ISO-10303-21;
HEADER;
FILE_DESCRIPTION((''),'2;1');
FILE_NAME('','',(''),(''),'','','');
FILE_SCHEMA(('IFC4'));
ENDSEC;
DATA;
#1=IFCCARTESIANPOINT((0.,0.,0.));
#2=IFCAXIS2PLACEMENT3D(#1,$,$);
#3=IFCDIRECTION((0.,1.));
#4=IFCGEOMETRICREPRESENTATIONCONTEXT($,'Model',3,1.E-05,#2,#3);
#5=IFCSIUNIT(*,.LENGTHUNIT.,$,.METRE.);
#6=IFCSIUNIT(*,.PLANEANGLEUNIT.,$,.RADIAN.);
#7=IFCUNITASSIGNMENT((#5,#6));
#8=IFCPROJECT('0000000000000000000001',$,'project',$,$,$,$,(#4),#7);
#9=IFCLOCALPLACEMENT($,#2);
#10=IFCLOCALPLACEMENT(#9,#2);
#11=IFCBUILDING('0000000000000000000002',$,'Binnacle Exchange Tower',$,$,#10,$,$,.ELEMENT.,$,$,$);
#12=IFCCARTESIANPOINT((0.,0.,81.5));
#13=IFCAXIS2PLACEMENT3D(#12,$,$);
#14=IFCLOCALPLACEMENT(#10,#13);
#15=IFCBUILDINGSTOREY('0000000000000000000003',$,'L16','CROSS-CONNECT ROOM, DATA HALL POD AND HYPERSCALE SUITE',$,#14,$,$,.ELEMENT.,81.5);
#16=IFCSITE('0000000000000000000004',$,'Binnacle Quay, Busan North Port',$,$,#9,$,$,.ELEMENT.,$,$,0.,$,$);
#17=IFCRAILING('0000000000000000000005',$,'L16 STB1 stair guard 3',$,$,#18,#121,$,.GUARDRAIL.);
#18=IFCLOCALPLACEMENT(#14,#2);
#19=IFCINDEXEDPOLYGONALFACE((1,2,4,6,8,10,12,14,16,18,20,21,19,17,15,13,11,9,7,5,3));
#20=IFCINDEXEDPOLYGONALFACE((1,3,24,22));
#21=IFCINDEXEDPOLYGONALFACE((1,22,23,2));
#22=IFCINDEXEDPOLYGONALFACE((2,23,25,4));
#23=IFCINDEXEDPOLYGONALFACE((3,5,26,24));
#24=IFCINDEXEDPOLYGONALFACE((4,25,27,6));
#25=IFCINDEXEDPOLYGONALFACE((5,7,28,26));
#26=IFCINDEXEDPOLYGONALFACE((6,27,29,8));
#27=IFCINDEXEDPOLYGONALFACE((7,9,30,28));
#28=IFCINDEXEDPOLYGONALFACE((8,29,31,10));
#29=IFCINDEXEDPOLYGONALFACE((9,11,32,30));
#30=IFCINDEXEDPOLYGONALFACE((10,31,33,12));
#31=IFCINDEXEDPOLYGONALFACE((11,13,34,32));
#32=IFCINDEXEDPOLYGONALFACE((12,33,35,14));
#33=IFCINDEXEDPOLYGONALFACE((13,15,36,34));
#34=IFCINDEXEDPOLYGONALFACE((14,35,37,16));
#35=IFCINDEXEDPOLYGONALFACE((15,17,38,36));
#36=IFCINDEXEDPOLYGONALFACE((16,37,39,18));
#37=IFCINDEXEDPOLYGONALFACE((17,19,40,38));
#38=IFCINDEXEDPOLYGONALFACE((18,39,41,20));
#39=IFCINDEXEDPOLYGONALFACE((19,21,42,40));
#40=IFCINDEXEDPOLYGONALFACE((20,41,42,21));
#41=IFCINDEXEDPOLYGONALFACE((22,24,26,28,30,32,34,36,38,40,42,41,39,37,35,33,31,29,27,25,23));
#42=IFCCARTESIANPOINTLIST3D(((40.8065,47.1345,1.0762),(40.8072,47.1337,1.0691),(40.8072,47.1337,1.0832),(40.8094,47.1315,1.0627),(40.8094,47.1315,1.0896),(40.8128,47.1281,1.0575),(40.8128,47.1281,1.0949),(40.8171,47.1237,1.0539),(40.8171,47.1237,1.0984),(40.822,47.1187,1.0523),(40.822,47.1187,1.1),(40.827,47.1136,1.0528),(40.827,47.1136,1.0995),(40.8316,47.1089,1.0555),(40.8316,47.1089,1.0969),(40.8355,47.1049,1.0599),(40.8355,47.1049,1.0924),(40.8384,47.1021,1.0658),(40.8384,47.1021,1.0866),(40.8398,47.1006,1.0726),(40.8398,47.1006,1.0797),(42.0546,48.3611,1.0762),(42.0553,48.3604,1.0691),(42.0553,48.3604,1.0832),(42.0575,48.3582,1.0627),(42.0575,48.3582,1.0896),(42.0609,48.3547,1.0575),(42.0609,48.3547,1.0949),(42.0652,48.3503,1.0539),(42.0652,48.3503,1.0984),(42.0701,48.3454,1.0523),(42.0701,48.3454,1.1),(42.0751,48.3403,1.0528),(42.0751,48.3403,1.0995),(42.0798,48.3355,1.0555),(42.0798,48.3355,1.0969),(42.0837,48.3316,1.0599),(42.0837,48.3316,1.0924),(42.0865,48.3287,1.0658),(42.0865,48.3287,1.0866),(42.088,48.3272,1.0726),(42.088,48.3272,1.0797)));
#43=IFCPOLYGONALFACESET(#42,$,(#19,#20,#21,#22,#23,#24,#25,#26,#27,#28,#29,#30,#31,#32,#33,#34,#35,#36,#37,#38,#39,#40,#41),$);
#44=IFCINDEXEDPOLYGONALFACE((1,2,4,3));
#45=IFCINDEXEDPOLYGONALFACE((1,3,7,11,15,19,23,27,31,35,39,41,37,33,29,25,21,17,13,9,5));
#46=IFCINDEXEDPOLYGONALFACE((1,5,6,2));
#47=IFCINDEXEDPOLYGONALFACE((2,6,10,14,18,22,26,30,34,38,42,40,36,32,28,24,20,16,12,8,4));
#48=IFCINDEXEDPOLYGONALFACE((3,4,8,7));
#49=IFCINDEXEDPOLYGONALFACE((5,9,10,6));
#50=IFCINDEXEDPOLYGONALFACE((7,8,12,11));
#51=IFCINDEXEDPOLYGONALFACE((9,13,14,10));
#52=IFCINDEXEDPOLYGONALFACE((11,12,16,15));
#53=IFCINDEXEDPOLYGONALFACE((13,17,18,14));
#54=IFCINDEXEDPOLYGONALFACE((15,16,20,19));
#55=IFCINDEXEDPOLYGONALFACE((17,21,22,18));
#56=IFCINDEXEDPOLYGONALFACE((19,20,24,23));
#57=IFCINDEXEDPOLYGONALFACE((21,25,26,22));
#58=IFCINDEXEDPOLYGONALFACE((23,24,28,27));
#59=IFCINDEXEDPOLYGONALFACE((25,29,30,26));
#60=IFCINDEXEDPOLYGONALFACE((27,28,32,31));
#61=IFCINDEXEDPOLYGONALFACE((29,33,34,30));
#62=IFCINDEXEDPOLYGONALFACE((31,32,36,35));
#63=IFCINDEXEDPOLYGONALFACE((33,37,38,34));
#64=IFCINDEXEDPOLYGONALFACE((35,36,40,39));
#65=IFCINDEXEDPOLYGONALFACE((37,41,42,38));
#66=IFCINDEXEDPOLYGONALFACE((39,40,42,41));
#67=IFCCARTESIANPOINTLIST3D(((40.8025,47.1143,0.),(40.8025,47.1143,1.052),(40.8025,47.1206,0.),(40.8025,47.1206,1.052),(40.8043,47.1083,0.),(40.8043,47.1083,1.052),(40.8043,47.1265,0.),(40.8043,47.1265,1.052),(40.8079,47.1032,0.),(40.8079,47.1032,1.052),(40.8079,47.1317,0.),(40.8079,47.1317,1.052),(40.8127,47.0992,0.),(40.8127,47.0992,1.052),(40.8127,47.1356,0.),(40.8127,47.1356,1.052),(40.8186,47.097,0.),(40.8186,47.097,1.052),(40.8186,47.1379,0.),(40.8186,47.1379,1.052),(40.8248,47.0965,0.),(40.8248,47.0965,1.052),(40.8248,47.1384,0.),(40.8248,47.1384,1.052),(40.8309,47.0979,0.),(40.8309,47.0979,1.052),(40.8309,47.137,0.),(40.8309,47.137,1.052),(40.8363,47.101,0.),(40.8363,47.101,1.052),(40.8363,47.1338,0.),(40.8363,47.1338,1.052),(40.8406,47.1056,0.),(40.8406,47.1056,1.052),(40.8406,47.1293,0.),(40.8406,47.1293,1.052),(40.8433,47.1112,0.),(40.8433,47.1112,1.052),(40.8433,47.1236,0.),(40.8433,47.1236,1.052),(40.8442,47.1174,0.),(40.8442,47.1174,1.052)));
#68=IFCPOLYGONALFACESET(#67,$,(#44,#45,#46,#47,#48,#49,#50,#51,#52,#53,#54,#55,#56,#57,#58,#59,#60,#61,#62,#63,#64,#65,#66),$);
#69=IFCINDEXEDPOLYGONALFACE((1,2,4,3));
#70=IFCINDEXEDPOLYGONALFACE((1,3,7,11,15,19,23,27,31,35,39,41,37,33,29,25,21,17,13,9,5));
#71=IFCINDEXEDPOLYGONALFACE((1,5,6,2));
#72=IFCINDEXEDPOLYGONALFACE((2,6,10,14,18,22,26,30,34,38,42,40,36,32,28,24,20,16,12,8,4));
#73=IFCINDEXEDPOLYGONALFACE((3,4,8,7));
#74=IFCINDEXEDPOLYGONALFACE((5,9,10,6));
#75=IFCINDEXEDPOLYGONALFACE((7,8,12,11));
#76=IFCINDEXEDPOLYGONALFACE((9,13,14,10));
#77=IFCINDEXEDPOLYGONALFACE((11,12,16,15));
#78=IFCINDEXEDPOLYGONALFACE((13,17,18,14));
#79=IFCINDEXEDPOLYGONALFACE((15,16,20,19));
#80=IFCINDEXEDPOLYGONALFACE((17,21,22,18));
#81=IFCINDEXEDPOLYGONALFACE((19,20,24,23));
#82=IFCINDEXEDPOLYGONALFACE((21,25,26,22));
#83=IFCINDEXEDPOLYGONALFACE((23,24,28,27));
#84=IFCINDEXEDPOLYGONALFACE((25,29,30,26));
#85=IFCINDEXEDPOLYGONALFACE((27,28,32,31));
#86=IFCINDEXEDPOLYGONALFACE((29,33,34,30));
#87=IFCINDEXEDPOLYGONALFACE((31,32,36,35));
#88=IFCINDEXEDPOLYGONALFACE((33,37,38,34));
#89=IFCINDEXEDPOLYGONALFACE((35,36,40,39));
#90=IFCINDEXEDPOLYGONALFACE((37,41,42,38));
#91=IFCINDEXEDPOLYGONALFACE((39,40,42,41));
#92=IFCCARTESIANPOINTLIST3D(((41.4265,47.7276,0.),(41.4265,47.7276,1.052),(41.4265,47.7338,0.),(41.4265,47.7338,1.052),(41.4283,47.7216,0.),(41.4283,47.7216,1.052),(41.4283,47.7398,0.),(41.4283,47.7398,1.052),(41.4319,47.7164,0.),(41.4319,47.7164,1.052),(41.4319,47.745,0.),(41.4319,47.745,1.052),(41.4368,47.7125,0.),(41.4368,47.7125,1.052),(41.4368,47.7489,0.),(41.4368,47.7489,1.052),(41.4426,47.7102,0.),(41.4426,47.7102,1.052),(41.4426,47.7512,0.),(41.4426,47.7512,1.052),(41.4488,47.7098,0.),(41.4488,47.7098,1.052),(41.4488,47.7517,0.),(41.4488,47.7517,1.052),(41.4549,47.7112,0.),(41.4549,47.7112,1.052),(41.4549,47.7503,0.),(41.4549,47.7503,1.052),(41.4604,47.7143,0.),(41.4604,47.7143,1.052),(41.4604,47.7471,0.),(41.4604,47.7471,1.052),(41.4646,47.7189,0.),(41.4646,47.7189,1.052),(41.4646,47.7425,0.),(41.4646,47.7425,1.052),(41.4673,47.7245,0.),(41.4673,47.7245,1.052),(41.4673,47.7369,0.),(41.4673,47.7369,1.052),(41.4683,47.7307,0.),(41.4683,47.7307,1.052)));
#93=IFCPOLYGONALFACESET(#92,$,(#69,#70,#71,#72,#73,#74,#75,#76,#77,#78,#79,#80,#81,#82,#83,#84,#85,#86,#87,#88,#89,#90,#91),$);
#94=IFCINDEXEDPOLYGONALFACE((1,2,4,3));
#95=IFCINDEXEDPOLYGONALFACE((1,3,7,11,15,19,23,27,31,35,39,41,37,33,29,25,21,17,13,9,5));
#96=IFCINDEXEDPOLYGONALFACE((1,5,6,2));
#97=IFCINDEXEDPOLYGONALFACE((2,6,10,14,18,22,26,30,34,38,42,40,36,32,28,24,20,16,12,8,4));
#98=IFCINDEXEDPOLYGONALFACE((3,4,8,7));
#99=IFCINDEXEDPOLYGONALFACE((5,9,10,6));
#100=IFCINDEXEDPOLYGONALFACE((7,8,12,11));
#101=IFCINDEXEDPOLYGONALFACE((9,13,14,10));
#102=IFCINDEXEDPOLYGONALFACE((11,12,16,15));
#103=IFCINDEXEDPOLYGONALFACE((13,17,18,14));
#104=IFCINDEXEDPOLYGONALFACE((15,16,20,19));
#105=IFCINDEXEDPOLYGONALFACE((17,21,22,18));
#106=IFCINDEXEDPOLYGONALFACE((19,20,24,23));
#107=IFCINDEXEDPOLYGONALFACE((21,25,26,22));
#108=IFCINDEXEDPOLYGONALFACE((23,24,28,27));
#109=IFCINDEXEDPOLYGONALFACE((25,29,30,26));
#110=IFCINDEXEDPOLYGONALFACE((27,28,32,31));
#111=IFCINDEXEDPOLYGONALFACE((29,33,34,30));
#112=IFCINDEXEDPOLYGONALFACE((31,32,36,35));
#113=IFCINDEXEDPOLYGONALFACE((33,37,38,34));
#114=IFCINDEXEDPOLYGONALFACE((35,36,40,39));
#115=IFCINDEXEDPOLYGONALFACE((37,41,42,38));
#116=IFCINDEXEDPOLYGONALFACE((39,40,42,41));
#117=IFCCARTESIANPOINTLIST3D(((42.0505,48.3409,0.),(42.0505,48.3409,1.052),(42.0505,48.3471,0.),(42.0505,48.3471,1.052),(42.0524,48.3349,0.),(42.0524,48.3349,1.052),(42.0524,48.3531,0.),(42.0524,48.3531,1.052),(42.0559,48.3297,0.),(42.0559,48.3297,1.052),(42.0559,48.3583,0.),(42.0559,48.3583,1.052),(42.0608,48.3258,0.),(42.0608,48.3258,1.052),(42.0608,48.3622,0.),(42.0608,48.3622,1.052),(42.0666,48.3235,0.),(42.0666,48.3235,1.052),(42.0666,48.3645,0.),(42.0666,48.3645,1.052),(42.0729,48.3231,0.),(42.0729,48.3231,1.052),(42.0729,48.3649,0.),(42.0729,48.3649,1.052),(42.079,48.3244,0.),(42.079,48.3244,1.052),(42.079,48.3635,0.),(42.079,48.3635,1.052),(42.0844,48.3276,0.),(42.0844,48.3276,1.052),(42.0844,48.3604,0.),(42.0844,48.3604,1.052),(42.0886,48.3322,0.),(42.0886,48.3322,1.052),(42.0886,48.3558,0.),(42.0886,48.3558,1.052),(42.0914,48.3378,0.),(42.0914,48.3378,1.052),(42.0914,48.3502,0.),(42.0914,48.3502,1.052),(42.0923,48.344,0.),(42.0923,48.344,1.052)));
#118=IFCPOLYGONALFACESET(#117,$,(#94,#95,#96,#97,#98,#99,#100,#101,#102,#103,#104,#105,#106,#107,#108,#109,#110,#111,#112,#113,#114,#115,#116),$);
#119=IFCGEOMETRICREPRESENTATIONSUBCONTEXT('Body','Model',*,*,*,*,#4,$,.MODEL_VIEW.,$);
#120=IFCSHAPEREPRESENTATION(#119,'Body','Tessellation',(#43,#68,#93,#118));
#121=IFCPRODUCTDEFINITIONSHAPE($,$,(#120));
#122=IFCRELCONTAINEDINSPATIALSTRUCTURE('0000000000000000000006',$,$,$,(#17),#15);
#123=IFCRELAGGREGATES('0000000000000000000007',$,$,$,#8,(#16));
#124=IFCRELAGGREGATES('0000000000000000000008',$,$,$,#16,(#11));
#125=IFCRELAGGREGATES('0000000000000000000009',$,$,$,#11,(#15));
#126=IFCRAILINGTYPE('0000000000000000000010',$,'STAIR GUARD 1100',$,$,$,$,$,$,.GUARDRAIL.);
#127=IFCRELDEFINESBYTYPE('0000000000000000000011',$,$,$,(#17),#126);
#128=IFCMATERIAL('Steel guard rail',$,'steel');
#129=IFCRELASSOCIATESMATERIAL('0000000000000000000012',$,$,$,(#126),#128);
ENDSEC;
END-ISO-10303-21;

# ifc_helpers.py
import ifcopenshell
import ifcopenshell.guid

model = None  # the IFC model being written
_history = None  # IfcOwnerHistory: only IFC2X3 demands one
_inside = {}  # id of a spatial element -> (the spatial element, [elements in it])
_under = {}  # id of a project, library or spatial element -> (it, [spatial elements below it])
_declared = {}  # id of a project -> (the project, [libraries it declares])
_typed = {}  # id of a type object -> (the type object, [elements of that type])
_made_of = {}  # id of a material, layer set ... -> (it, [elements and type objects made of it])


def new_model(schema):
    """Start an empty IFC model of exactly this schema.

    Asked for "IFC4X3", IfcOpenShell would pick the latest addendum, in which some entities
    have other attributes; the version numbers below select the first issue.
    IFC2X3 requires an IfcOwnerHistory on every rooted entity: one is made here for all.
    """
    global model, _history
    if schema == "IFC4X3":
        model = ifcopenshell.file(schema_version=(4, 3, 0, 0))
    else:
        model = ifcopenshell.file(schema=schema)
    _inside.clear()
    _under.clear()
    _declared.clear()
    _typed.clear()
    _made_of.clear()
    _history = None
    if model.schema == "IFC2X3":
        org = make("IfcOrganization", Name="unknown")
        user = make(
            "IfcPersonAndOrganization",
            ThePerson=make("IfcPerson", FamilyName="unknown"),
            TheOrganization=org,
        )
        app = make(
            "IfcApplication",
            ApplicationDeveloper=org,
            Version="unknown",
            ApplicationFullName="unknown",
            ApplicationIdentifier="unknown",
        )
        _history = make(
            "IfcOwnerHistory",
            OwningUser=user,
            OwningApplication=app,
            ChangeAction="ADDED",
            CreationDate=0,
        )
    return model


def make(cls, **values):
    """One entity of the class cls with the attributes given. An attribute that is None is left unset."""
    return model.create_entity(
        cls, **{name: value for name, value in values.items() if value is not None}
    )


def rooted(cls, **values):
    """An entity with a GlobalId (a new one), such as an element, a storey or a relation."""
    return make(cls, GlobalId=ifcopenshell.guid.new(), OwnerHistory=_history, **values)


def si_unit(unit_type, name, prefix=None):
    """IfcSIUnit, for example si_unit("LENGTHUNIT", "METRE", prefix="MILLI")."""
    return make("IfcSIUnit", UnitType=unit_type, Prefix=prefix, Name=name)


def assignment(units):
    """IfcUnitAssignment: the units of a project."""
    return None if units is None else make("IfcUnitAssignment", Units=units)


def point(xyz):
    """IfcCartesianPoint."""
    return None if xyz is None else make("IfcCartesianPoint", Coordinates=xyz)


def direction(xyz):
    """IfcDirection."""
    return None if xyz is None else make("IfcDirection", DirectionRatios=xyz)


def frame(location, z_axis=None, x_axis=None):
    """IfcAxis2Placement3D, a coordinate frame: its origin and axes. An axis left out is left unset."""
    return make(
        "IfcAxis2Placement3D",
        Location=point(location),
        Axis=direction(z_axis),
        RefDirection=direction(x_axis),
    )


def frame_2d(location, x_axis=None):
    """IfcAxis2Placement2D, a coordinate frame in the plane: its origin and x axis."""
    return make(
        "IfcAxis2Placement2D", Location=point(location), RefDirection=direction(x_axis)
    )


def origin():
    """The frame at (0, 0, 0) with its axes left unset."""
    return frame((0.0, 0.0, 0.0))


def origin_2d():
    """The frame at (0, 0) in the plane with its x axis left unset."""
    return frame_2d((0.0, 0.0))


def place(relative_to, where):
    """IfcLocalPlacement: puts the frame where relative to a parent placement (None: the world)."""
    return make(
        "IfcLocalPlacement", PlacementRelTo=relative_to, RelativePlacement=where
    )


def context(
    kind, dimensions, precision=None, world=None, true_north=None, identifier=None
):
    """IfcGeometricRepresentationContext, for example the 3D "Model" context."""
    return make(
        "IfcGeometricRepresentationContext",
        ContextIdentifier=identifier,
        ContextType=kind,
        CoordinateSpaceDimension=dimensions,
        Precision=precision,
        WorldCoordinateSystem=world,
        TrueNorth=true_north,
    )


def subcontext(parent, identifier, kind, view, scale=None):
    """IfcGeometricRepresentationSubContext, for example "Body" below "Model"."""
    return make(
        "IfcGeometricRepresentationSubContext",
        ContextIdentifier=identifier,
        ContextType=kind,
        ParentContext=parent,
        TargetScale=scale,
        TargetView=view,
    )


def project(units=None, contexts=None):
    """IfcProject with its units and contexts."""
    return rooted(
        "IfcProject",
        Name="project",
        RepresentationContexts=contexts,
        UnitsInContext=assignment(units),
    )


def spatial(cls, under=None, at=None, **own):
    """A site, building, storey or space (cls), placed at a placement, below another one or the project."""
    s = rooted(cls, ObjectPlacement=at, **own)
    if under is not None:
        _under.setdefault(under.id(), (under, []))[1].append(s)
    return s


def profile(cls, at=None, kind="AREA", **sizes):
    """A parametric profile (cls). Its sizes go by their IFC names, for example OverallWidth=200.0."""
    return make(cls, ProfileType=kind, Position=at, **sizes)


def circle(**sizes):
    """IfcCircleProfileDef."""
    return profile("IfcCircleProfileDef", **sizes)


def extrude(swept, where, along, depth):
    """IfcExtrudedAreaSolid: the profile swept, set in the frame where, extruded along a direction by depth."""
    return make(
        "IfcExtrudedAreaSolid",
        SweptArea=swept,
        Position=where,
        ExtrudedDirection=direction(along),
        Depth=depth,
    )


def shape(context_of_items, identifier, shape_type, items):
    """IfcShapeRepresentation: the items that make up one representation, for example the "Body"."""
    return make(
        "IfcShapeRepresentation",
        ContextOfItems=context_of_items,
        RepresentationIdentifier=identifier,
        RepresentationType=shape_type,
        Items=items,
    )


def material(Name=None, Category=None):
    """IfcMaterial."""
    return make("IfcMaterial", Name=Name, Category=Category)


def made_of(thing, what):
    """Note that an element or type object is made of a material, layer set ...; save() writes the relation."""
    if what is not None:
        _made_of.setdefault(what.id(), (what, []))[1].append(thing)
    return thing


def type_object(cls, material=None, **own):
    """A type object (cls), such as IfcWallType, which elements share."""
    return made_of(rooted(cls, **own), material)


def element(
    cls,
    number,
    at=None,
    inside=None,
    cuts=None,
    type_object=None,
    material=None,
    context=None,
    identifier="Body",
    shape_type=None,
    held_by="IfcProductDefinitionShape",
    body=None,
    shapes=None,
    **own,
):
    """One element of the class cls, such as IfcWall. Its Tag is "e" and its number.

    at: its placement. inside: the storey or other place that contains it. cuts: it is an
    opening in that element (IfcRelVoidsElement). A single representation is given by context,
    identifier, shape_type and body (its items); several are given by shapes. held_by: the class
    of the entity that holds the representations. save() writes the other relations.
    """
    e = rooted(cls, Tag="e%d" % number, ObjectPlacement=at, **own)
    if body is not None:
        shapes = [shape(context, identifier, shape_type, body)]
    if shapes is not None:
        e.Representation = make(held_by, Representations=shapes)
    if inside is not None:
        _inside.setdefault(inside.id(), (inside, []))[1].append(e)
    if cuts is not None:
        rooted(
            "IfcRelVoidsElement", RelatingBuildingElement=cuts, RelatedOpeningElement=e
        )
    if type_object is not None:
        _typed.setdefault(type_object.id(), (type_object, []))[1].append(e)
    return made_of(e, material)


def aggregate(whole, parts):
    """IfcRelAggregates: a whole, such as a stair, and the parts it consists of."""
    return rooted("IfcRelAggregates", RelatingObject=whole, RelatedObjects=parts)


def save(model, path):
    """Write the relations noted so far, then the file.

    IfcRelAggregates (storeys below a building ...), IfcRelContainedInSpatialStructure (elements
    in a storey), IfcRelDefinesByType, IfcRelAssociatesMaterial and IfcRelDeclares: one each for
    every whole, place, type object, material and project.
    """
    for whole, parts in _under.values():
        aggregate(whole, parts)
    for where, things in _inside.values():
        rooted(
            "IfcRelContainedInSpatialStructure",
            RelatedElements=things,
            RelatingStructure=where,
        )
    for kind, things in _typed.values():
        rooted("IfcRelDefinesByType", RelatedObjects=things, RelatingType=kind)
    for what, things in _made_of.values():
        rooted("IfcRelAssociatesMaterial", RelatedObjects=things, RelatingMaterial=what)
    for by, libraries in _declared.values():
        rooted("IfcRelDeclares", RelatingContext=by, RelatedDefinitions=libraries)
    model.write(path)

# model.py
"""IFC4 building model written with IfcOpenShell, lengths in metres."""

from ifc_helpers import new_model, si_unit, direction, frame, origin, origin_2d, place, context, subcontext, project, spatial, circle, extrude, material, type_object, element, save


model = new_model("IFC4")

# Units and contexts
model_context = context("Model", 3, precision=1e-05, world=origin(), true_north=direction((0.0, 1.0)))
body_context = subcontext(model_context, "Body", "Model", "MODEL_VIEW")
ifc_project = project(units=[si_unit("LENGTHUNIT", "METRE"), si_unit("PLANEANGLEUNIT", "RADIAN")], contexts=[model_context])

# Site, building, storey
site_placement = place(None, origin())
site = spatial("IfcSite", under=ifc_project, at=site_placement, Name="Binnacle Quay, Busan North Port", CompositionType="ELEMENT", RefElevation=0.0)
building_placement = place(site_placement, origin())
building = spatial("IfcBuilding", under=site, at=building_placement, Name="Binnacle Exchange Tower", CompositionType="ELEMENT")
storey_placement = place(building_placement, frame((0.0, 0.0, 81.5)))
storey = spatial("IfcBuildingStorey", under=building, at=storey_placement, Name="L16", Description="CROSS-CONNECT ROOM, DATA HALL POD AND HYPERSCALE SUITE", CompositionType="ELEMENT", Elevation=81.5)

# Railing
ifc_material_1 = material(Name="Steel guard rail", Category="steel")
railing_type_1 = type_object("IfcRailingType", Name="STAIR GUARD 1100", PredefinedType="GUARDRAIL", material=ifc_material_1)
railing_1_placement = place(storey_placement, frame((40.8232, 47.1174, 0.0)))
element("IfcRailing", 1, at=railing_1_placement, inside=storey, type_object=railing_type_1, Name="L16 STB1 stair guard 3", PredefinedType="GUARDRAIL", context=body_context, shape_type="SweptSolid", body=[
    extrude(circle(Radius=0.0239, at=origin_2d()), frame((0.0, 0.0, 1.0762), z_axis=(0.713219, 0.700941, 0.0), x_axis=(-0.700941, 0.713219, 0.0)), (0.0, 0.0, 1.0), 1.75),
    extrude(circle(Radius=0.021, at=origin_2d()), origin(), (0.0, 0.0, 1.0), 1.052),
    extrude(circle(Radius=0.021, at=origin_2d()), frame((0.624, 0.6133, 0.0)), (0.0, 0.0, 1.0), 1.052),
    extrude(circle(Radius=0.021, at=origin_2d()), frame((1.248, 1.2266, 0.0)), (0.0, 0.0, 1.0), 1.052),
])

save(model, "model.ifc")
